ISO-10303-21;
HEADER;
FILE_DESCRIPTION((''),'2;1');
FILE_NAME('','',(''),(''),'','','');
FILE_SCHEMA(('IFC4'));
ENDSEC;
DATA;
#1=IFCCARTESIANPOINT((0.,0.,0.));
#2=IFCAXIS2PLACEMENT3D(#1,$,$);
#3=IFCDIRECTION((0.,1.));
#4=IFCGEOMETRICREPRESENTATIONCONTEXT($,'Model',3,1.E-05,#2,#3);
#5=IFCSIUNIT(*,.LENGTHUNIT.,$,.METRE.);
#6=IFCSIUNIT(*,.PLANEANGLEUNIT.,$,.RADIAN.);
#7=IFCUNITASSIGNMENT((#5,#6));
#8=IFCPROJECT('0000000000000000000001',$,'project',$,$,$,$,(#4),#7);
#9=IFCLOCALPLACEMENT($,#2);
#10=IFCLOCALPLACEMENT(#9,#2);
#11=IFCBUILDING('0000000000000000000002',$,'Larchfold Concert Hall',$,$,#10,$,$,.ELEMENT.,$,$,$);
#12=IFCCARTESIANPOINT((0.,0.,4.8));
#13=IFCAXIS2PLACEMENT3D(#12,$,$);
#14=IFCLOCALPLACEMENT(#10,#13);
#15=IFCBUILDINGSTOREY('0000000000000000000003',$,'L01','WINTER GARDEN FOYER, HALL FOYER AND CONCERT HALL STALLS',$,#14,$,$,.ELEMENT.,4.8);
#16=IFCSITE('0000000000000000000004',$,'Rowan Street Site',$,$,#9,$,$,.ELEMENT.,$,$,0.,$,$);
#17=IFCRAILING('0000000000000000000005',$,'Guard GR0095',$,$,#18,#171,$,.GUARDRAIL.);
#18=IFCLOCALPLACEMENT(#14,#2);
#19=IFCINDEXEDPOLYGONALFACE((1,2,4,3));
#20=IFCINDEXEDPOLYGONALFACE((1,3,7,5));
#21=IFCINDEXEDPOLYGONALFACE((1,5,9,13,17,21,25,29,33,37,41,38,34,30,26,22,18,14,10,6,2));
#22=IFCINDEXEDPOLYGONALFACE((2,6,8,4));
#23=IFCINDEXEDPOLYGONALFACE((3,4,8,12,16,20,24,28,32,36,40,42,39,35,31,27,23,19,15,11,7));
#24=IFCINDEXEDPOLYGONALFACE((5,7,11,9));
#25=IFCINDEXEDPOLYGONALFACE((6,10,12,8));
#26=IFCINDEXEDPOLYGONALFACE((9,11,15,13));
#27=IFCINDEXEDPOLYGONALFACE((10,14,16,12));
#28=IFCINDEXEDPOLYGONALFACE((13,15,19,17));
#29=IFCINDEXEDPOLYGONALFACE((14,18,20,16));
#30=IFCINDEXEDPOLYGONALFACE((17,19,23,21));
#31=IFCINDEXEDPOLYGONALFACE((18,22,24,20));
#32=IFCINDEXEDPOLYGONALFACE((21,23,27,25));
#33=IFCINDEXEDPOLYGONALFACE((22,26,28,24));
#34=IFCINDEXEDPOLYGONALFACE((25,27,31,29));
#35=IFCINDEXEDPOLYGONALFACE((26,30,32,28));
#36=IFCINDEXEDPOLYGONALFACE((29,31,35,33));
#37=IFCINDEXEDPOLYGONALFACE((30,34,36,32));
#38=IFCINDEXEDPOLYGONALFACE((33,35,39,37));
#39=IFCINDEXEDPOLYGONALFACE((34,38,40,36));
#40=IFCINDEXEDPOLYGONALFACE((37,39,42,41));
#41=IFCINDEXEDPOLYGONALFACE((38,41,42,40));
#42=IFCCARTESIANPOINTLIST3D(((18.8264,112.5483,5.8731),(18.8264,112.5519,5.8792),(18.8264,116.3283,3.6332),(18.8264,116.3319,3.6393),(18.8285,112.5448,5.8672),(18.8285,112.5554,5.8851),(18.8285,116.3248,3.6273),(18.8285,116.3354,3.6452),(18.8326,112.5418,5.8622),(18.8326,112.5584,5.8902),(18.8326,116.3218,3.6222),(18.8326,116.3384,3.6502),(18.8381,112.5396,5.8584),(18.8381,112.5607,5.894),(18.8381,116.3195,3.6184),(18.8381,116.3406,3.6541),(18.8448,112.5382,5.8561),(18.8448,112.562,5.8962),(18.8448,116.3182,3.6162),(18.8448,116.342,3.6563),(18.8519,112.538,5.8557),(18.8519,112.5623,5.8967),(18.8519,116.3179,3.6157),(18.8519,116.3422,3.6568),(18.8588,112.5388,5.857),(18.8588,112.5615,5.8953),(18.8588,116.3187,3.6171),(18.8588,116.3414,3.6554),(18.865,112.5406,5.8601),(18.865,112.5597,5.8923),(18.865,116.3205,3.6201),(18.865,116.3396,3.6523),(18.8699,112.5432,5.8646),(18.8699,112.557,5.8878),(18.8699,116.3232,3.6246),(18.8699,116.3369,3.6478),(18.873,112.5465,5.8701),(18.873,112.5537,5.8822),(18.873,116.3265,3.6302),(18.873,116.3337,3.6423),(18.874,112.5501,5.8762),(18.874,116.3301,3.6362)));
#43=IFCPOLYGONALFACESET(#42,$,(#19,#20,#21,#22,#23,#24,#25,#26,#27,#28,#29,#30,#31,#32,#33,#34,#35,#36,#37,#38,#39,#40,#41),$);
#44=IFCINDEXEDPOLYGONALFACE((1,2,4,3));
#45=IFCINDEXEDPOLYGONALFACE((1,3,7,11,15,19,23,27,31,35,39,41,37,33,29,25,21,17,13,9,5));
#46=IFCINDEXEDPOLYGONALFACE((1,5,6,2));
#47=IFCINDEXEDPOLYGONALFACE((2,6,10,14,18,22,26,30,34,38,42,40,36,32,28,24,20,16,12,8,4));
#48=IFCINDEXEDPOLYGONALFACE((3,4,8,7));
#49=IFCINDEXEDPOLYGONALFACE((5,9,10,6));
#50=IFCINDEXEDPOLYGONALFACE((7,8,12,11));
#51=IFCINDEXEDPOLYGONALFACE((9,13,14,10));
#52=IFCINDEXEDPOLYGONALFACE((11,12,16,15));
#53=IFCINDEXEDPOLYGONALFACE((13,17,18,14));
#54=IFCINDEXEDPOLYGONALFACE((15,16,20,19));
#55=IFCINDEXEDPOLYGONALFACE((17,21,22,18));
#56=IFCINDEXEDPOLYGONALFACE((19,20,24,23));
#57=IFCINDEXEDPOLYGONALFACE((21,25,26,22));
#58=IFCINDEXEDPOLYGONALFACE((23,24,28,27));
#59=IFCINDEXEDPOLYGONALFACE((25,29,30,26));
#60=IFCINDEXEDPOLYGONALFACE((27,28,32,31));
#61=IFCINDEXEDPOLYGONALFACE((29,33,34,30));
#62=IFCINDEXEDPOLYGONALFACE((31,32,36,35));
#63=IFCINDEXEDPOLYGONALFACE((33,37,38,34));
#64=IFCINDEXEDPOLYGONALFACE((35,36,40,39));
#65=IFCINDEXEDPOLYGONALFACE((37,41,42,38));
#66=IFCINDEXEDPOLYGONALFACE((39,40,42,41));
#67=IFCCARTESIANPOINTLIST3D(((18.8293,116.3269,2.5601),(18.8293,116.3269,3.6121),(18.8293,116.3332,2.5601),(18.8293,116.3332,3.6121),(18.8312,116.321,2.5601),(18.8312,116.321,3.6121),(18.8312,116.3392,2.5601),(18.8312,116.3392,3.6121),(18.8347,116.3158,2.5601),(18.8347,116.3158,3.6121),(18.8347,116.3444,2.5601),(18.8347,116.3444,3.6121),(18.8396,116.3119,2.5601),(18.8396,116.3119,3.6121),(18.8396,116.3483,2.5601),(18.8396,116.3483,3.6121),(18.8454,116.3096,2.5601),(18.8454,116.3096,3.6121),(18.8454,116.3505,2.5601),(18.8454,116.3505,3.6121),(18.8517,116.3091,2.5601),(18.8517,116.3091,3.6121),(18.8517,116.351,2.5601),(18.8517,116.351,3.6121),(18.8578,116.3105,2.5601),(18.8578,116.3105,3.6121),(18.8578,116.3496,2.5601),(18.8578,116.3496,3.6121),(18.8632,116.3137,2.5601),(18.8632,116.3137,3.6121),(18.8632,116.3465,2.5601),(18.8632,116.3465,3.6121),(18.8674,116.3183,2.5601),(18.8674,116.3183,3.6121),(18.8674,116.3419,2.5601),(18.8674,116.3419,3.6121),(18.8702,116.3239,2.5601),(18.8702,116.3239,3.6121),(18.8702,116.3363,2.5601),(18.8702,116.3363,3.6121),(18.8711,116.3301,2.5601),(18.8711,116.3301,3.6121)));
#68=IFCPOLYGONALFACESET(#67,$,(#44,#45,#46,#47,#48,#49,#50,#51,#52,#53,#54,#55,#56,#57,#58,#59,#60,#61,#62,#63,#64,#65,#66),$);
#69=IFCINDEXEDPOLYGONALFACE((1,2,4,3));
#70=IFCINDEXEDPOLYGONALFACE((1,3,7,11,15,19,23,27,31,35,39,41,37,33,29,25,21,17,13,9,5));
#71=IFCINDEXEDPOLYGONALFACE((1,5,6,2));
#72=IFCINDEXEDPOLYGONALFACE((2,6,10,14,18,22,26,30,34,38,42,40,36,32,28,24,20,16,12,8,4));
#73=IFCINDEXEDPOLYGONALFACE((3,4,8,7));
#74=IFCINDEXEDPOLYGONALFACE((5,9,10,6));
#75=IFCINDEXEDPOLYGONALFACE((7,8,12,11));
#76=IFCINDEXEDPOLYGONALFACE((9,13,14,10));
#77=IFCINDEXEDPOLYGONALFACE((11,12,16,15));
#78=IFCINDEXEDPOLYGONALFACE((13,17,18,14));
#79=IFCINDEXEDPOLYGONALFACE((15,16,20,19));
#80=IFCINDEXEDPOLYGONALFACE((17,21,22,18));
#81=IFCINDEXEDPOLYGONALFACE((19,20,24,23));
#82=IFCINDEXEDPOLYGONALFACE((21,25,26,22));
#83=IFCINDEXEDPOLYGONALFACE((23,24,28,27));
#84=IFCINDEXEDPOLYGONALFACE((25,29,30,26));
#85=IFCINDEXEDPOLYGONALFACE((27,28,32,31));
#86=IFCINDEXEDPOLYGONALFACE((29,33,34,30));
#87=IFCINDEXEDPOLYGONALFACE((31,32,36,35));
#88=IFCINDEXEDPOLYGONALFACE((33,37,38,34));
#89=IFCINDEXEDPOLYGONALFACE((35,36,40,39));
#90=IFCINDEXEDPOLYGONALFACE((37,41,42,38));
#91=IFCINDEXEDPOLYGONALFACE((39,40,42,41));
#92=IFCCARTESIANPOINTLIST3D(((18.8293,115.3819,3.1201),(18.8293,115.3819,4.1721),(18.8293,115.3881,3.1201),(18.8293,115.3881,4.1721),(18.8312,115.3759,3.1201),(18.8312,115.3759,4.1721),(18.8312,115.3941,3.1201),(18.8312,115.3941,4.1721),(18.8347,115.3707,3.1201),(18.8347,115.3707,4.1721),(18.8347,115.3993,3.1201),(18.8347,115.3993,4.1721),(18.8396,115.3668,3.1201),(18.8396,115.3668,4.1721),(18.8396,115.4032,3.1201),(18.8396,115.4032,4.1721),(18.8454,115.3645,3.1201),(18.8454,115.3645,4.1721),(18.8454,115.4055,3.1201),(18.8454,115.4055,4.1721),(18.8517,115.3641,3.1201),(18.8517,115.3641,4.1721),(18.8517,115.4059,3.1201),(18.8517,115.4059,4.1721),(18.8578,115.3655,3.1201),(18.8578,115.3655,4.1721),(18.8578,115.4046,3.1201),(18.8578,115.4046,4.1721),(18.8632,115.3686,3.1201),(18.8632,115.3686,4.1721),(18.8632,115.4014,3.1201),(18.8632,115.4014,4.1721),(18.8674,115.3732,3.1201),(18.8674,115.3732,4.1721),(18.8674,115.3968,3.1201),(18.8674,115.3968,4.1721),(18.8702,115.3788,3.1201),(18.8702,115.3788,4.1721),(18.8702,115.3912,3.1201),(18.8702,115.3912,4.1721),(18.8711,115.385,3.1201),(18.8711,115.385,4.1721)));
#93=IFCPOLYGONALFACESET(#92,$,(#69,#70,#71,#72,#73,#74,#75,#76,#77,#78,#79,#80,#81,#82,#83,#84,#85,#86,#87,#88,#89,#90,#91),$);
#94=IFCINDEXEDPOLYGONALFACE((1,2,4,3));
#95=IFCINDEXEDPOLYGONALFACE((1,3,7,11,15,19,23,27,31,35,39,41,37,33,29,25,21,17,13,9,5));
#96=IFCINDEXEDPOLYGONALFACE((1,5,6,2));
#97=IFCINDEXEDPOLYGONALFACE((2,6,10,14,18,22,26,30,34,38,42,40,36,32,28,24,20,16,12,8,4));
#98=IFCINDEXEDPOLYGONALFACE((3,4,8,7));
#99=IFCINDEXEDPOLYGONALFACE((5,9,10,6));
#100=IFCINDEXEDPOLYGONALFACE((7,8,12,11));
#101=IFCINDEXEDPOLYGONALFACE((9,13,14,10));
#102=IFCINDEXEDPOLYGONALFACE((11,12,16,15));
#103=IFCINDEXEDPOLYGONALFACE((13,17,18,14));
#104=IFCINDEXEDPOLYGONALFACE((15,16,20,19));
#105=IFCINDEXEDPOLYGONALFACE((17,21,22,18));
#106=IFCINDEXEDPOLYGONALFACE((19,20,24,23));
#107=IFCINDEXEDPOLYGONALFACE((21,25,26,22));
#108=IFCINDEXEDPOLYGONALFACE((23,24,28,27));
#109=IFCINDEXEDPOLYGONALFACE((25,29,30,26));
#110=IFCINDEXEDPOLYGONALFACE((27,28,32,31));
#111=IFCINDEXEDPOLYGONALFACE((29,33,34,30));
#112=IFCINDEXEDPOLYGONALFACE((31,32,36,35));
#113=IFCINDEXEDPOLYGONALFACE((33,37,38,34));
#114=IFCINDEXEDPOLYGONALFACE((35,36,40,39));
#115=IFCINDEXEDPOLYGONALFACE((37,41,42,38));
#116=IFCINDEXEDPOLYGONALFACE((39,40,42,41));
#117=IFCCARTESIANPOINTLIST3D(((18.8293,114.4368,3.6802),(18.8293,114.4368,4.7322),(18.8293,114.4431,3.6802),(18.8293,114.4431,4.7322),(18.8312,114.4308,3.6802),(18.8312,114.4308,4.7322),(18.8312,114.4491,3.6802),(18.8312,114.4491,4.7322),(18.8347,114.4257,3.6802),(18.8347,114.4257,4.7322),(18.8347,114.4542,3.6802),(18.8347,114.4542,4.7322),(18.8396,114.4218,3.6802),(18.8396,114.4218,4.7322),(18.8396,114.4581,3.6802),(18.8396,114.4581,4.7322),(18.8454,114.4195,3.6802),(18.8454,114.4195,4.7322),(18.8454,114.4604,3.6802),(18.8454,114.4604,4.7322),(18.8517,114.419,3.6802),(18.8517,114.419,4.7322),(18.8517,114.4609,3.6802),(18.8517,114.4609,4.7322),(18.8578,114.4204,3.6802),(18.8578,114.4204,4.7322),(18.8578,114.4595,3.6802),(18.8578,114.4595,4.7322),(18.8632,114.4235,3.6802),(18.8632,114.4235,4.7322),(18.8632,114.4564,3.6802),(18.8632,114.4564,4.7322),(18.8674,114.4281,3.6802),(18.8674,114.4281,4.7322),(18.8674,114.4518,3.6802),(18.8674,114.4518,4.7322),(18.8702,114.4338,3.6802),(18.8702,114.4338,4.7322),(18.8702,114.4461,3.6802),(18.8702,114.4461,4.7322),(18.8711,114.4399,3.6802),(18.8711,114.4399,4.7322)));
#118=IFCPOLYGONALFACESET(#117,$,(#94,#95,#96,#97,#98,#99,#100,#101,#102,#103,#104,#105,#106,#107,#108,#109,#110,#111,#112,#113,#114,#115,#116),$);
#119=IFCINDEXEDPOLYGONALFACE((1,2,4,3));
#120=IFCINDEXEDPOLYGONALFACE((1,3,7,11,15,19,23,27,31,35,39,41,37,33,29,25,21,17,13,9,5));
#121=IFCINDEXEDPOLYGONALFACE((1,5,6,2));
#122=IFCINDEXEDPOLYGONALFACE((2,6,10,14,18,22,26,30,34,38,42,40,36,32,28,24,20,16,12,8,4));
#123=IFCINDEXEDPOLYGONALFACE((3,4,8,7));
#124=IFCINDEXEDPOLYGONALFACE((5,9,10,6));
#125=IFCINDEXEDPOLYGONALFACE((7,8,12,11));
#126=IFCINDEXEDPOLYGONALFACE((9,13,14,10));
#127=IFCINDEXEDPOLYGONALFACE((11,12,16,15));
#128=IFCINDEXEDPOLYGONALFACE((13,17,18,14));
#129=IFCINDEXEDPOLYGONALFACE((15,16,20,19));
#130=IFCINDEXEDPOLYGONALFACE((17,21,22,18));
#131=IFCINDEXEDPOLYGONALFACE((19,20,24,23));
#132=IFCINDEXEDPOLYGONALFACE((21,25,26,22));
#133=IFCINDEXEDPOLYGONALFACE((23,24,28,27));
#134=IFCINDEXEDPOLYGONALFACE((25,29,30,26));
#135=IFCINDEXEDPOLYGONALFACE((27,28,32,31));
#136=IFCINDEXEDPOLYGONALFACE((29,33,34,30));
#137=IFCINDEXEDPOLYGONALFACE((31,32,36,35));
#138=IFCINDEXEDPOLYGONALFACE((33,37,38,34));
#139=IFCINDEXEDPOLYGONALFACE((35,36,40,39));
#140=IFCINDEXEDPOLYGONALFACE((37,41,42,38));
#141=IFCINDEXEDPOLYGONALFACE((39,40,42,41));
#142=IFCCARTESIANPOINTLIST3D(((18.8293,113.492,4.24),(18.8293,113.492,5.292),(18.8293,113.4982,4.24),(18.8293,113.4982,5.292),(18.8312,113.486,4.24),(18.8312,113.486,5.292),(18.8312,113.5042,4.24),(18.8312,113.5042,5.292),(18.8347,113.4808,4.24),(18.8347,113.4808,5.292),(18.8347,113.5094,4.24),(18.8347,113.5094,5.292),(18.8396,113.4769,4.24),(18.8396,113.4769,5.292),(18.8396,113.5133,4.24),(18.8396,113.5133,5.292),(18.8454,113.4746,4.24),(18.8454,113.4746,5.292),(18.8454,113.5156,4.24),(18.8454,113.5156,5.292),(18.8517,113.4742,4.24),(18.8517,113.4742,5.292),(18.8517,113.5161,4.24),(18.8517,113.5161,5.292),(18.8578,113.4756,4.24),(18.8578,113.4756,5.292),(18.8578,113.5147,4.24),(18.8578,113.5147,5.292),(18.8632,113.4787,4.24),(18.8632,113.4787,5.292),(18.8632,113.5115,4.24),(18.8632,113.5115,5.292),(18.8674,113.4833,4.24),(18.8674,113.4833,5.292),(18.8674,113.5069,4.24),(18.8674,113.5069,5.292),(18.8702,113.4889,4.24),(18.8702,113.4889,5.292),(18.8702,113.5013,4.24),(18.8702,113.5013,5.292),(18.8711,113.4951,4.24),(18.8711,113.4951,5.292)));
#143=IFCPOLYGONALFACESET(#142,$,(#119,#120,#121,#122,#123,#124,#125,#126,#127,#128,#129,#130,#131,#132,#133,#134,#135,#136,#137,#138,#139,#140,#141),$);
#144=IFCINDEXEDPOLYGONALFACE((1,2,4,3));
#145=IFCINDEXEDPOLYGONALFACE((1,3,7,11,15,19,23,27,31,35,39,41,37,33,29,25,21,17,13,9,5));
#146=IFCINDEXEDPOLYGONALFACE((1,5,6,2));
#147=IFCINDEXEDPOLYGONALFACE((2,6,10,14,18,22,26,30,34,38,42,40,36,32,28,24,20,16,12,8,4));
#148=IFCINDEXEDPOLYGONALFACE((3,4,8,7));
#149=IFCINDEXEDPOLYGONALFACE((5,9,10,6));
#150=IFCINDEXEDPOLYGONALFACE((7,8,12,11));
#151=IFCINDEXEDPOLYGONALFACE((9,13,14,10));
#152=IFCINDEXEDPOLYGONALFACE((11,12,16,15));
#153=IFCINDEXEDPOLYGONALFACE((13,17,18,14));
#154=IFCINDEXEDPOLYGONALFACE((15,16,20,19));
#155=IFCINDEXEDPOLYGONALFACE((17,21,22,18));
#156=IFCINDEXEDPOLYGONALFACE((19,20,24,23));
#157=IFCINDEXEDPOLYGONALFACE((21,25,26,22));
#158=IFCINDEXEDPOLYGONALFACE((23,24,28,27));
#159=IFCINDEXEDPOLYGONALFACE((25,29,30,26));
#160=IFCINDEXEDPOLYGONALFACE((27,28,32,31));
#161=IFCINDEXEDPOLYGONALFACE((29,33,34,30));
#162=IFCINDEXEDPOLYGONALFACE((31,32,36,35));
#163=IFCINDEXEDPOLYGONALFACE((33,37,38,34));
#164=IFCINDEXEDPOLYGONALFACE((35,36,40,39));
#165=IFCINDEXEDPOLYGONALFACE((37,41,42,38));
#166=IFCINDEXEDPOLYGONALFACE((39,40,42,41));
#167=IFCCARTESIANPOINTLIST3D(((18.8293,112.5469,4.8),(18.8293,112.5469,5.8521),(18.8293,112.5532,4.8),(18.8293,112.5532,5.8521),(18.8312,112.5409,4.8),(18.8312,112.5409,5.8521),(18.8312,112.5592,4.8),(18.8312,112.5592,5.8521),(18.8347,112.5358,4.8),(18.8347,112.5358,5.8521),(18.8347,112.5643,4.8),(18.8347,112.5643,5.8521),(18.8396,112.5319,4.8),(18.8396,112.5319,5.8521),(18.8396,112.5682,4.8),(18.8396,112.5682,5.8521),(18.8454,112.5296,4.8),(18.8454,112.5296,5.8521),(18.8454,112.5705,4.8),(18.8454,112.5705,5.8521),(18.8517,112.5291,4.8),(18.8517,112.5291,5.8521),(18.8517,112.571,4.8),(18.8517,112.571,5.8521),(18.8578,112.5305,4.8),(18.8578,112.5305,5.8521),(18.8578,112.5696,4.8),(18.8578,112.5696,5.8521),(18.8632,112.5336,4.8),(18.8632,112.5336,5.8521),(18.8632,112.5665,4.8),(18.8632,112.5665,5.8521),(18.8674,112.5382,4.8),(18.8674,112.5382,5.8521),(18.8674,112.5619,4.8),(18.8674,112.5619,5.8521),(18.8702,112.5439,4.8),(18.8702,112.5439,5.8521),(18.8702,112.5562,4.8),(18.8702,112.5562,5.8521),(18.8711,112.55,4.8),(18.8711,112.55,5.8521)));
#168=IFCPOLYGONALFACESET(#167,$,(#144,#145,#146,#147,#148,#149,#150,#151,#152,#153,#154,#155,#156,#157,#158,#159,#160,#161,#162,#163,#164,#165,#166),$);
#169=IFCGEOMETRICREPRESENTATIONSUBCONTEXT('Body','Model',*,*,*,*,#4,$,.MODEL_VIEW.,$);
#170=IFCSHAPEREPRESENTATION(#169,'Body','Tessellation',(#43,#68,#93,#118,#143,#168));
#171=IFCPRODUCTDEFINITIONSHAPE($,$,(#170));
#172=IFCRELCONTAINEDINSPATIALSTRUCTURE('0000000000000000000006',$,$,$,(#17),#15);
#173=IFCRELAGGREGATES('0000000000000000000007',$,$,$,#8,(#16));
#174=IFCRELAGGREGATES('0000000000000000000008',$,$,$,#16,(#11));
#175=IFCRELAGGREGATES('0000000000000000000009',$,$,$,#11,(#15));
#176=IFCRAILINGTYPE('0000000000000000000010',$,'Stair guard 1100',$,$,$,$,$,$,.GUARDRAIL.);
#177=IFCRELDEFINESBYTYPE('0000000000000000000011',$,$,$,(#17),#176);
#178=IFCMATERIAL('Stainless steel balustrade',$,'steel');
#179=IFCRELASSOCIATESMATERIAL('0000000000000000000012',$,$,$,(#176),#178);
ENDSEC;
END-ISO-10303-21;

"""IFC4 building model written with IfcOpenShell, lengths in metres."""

from ifc_helpers import new_model, si_unit, direction, frame, origin, origin_2d, place, context, subcontext, project, spatial, circle, extrude, material, type_object, element, save


model = new_model("IFC4")

# Units and contexts
model_context = context("Model", 3, precision=1e-05, world=origin(), true_north=direction((0.0, 1.0)))
body_context = subcontext(model_context, "Body", "Model", "MODEL_VIEW")
ifc_project = project(units=[si_unit("LENGTHUNIT", "METRE"), si_unit("PLANEANGLEUNIT", "RADIAN")], contexts=[model_context])

# Site, building, storey
site_placement = place(None, origin())
site = spatial("IfcSite", under=ifc_project, at=site_placement, Name="Rowan Street Site", CompositionType="ELEMENT", RefElevation=0.0)
building_placement = place(site_placement, origin())
building = spatial("IfcBuilding", under=site, at=building_placement, Name="Larchfold Concert Hall", CompositionType="ELEMENT")
storey_placement = place(building_placement, frame((0.0, 0.0, 4.8)))
storey = spatial("IfcBuildingStorey", under=building, at=storey_placement, Name="L01", Description="WINTER GARDEN FOYER, HALL FOYER AND CONCERT HALL STALLS", CompositionType="ELEMENT", Elevation=4.8)

# Railing
ifc_material_1 = material(Name="Stainless steel balustrade", Category="steel")
railing_type_1 = type_object("IfcRailingType", Name="Stair guard 1100", PredefinedType="GUARDRAIL", material=ifc_material_1)
railing_1_placement = place(storey_placement, frame((18.8501, 116.3301, 2.5601)))
element("IfcRailing", 1, at=railing_1_placement, inside=storey, type_object=railing_type_1, Name="Guard GR0095", PredefinedType="GUARDRAIL", context=body_context, shape_type="SweptSolid", body=[
    extrude(circle(Radius=0.0239, at=origin_2d()), frame((0.0, 0.0, 1.0762), z_axis=(0.0, -0.860294, 0.509798), x_axis=(1.0, 0.0, 0.0)), (0.0, 0.0, 1.0), 4.3938),
    extrude(circle(Radius=0.021, at=origin_2d()), origin(), (0.0, 0.0, 1.0), 1.052),
    extrude(circle(Radius=0.021, at=origin_2d()), frame((0.0, -0.9451, 0.5601)), (0.0, 0.0, 1.0), 1.052),
    extrude(circle(Radius=0.021, at=origin_2d()), frame((0.0, -1.8901, 1.1201)), (0.0, 0.0, 1.0), 1.052),
    extrude(circle(Radius=0.021, at=origin_2d()), frame((0.0, -2.835, 1.6799)), (0.0, 0.0, 1.0), 1.052),
    extrude(circle(Radius=0.021, at=origin_2d()), frame((0.0, -3.78, 2.24)), (0.0, 0.0, 1.0), 1.052),
])

save(model, "model.ifc")
